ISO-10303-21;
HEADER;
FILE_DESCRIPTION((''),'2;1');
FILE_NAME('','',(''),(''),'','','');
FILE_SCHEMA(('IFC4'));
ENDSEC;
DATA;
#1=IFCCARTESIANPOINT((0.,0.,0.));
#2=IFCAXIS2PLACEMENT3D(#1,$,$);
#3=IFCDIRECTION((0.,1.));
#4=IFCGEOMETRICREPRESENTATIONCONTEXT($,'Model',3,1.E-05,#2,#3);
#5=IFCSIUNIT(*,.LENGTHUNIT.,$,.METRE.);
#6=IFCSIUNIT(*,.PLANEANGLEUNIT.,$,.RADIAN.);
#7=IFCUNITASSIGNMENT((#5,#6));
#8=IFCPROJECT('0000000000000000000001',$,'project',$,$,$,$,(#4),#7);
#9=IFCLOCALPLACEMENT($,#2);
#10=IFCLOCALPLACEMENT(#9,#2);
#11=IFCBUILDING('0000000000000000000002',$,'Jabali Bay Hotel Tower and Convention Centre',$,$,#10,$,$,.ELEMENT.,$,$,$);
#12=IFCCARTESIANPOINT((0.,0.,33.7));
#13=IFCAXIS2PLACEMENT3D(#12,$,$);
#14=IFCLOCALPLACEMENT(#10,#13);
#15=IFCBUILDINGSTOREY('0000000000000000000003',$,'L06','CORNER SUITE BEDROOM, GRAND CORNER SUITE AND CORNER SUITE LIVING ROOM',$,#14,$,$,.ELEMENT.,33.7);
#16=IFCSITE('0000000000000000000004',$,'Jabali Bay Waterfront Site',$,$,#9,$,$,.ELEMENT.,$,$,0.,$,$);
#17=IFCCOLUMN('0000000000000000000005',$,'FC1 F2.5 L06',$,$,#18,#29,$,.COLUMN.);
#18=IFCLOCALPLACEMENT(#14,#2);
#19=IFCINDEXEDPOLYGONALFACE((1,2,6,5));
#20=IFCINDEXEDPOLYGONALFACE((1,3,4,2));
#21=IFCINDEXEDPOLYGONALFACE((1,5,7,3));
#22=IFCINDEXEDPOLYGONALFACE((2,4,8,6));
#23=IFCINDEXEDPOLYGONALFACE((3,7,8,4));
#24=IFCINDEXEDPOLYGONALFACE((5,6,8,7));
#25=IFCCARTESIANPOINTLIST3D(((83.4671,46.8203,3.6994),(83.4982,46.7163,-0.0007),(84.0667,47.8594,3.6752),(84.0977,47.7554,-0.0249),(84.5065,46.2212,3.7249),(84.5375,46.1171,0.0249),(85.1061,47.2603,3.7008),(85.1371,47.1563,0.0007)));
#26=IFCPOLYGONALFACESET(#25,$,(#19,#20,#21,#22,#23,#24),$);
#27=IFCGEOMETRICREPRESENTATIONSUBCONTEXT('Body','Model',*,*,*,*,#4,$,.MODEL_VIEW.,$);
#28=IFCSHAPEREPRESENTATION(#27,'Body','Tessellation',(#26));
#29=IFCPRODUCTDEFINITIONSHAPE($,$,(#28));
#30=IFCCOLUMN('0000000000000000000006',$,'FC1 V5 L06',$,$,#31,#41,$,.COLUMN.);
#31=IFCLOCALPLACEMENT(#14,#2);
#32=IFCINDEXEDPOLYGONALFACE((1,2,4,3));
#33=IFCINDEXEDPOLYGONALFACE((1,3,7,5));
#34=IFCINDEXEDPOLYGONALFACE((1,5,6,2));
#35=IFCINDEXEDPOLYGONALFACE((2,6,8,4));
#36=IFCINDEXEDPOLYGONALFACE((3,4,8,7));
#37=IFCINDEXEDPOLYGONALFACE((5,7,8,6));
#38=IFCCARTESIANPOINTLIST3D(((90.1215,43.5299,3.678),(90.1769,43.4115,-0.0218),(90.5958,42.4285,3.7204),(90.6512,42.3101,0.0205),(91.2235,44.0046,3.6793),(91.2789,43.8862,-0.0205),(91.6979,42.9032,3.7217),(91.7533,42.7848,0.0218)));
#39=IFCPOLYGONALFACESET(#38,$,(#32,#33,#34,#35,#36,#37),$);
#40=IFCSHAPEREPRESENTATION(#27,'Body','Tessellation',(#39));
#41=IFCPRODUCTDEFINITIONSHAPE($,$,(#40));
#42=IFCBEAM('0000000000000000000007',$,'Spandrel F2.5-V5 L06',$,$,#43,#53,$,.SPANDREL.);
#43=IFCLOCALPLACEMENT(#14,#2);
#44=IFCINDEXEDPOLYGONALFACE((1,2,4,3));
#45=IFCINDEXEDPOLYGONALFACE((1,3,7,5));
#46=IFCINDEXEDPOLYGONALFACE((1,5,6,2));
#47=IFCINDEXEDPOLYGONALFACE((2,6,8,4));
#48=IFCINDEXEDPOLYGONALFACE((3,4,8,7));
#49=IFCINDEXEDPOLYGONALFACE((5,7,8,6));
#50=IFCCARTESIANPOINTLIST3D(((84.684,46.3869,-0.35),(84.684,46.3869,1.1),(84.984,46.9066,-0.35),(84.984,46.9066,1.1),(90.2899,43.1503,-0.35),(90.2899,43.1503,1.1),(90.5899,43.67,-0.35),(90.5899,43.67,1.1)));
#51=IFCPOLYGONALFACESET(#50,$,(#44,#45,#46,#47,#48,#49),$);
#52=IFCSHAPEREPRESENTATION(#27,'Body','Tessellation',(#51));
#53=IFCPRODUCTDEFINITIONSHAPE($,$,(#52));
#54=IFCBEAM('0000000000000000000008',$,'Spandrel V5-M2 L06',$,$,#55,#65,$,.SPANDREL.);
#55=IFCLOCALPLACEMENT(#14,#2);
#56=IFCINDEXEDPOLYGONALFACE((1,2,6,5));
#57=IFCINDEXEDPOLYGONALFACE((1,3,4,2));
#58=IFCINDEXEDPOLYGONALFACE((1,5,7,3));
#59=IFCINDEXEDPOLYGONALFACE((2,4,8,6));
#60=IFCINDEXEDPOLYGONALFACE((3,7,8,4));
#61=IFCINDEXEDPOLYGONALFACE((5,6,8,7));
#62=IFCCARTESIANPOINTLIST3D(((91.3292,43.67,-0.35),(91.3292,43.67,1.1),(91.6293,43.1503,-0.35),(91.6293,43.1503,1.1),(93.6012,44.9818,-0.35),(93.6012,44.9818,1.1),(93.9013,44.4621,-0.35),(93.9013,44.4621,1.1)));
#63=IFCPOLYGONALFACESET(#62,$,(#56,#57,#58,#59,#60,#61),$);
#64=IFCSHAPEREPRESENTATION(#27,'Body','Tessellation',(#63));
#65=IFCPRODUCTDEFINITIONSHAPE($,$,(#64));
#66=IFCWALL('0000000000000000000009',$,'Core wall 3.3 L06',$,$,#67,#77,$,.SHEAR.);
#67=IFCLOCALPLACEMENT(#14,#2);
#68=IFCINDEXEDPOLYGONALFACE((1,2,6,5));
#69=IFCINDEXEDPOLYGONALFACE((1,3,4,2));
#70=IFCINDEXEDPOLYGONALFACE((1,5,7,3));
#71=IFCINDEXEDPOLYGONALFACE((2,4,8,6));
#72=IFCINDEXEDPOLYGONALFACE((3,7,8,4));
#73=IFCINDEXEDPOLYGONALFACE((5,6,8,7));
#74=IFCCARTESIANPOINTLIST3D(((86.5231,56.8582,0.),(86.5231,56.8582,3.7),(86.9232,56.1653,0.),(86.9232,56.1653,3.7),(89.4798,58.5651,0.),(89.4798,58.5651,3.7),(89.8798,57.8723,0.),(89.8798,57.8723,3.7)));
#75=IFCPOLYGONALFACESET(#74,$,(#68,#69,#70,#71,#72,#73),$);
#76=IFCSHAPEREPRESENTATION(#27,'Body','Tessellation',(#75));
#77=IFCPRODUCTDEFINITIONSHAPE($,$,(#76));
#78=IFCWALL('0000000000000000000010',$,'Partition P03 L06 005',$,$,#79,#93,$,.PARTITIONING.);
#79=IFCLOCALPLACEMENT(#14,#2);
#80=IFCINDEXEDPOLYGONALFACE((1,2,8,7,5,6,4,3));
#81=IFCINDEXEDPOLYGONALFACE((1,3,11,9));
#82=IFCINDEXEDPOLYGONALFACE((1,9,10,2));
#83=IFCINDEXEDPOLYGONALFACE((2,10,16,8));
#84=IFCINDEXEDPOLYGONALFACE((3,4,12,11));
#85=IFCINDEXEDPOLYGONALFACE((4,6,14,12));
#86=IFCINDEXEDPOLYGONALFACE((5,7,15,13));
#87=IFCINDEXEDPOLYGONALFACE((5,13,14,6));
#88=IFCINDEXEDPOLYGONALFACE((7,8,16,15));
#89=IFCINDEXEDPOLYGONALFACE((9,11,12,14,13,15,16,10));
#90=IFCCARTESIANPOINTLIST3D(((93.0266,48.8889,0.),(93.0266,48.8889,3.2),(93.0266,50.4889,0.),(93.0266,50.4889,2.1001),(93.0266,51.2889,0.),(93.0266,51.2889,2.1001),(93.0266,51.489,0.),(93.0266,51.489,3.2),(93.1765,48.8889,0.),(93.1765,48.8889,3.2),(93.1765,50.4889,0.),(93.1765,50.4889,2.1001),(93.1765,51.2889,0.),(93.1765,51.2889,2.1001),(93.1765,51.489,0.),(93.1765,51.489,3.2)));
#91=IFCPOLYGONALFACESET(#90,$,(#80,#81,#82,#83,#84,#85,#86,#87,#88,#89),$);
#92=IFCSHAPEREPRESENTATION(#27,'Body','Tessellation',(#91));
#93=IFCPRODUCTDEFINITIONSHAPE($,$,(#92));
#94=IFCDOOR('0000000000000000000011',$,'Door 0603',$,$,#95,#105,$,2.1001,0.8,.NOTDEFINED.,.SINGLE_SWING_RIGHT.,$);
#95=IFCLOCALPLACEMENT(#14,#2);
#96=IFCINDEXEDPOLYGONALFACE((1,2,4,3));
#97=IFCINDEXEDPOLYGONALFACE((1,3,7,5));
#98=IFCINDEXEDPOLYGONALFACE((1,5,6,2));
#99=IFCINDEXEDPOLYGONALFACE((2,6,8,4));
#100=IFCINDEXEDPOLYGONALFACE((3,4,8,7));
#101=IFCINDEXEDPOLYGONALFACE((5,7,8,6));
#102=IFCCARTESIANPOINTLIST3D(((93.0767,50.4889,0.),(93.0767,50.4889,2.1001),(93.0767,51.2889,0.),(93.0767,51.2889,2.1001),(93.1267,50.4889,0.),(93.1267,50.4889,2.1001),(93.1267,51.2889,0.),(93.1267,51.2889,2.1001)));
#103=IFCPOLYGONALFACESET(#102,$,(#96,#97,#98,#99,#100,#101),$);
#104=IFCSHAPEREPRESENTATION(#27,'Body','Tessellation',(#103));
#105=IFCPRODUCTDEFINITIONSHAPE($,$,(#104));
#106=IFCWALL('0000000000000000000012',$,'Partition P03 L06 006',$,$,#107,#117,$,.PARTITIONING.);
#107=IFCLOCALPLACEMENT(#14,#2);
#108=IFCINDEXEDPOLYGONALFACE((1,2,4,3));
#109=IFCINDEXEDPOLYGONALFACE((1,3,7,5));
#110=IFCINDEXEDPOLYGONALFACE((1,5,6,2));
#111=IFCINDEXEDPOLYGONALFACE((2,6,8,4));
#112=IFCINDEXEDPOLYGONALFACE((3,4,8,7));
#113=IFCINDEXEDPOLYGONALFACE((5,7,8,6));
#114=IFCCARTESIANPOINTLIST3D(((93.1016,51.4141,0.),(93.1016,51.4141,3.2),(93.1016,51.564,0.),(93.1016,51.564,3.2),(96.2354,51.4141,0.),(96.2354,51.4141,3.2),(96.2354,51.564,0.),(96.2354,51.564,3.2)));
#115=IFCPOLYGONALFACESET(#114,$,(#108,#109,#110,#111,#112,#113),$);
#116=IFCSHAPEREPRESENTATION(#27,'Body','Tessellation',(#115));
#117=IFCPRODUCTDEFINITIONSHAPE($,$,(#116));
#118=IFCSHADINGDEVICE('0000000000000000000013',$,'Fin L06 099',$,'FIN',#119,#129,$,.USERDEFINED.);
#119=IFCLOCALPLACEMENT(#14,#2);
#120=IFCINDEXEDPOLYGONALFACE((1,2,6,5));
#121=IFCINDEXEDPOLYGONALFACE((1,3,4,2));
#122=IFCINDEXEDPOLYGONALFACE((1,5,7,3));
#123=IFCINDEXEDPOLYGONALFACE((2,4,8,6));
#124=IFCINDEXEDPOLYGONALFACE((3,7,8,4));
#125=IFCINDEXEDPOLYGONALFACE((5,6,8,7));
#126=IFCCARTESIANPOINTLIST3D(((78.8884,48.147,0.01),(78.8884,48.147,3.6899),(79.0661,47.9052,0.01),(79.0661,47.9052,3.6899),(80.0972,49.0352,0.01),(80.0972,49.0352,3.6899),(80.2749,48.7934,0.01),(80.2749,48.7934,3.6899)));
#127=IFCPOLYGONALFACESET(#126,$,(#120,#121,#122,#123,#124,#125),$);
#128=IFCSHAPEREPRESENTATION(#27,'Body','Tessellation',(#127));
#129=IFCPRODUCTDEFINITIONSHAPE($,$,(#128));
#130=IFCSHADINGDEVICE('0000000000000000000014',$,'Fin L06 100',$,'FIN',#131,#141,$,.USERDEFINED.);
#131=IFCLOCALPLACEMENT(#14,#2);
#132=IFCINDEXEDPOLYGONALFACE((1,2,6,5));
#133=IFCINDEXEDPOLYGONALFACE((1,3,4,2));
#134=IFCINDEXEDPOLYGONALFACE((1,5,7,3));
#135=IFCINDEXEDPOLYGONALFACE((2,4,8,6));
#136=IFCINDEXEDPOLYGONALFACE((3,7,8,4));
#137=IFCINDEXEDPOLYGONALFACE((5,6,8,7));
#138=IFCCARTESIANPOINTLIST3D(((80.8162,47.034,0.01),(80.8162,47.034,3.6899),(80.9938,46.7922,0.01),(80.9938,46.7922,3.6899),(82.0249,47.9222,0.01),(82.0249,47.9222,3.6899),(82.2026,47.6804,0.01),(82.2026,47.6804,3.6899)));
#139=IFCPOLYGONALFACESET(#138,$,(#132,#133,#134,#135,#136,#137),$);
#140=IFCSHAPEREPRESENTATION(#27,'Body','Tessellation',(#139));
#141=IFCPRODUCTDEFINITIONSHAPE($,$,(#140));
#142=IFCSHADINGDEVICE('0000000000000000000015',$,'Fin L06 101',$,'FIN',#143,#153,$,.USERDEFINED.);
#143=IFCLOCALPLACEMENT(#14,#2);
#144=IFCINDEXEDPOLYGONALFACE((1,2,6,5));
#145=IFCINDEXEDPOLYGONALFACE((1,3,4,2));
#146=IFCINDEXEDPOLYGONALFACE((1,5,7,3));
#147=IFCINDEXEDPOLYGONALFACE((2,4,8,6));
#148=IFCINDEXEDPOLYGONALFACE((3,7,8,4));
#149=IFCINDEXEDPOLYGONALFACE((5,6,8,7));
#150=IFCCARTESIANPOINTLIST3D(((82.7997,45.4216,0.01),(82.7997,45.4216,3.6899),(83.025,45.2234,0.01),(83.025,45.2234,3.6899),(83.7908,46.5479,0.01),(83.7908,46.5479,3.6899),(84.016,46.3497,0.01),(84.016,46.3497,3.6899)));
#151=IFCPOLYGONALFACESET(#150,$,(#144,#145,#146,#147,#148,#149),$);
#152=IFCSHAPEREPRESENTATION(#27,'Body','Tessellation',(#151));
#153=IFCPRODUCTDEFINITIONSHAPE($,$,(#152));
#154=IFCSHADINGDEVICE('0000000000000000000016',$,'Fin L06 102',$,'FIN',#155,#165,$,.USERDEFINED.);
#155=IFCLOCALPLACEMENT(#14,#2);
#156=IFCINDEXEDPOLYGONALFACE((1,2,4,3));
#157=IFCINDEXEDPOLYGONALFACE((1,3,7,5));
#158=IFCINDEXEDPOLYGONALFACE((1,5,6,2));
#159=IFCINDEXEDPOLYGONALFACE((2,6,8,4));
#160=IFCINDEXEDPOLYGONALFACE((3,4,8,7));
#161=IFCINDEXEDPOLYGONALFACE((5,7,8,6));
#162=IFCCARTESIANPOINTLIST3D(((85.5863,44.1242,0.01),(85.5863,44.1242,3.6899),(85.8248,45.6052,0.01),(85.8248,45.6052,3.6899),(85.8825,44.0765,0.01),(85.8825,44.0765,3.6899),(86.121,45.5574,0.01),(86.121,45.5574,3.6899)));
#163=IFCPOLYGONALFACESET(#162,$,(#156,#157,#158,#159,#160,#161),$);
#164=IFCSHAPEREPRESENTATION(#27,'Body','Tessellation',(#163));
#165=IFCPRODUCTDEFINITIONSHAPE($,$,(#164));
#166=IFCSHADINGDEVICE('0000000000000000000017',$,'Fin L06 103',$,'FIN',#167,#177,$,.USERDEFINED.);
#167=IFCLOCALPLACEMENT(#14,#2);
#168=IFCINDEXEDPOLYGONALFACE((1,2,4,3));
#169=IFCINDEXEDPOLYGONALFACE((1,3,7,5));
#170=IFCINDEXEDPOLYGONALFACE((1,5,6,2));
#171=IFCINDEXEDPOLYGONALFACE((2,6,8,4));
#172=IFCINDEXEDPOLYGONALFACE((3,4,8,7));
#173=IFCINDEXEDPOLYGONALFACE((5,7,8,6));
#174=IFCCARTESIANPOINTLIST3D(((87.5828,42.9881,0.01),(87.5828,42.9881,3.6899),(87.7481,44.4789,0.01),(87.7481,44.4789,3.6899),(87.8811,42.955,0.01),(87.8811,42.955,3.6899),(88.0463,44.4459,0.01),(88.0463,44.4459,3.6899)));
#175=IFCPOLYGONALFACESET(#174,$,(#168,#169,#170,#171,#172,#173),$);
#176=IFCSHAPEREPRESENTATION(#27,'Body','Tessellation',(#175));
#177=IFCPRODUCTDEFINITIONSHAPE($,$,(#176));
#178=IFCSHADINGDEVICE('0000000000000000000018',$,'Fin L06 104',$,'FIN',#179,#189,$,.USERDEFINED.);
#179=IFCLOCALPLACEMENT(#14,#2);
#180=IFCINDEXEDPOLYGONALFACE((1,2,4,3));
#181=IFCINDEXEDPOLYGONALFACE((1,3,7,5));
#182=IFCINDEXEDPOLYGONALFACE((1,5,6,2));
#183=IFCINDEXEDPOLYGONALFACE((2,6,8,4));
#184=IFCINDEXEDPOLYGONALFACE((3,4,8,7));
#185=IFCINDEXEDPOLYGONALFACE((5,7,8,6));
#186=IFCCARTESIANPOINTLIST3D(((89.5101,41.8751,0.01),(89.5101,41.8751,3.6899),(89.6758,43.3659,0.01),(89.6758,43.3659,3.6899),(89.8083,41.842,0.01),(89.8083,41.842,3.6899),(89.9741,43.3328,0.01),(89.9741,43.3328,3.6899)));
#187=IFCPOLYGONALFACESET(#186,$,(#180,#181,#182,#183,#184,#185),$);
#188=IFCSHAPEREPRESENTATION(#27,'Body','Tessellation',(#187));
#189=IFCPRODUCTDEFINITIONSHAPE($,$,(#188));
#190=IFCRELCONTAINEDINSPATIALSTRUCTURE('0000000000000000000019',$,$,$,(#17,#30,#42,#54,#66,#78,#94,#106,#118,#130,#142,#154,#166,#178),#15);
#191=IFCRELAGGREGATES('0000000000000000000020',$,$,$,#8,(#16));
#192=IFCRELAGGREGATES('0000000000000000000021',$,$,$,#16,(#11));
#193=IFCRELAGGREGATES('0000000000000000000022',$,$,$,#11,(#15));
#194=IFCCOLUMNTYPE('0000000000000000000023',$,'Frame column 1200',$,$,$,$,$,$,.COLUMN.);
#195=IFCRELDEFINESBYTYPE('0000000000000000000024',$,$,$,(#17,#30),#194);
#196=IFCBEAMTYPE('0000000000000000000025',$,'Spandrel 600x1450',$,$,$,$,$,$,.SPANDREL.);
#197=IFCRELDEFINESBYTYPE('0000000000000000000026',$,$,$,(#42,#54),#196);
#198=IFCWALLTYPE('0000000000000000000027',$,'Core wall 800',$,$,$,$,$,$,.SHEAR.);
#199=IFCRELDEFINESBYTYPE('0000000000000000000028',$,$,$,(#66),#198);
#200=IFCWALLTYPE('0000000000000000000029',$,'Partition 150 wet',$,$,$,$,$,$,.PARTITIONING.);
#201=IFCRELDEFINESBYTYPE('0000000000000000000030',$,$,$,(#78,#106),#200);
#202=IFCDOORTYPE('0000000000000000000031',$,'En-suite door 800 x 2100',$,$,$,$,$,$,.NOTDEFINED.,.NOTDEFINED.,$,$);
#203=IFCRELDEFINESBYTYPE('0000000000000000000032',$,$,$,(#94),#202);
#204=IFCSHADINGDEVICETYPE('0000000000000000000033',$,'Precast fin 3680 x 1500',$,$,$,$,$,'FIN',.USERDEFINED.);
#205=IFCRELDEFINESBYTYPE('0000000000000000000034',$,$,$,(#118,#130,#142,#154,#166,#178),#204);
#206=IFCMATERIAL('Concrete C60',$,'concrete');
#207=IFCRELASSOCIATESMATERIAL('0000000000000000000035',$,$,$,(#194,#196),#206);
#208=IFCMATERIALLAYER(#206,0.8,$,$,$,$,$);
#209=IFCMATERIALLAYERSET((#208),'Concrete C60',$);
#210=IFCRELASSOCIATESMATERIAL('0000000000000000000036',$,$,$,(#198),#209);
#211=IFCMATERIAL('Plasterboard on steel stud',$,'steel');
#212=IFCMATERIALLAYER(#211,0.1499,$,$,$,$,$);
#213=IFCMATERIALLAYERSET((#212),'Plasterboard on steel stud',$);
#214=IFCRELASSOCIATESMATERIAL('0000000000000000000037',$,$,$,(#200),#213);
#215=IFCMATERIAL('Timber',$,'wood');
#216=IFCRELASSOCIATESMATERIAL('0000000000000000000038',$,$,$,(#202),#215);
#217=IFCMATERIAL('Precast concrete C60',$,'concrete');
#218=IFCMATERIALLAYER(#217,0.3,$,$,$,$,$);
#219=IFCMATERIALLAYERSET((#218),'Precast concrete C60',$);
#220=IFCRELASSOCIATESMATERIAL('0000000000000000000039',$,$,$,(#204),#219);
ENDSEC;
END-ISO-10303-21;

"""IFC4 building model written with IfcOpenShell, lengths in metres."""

from ifc_helpers import new_model, si_unit, direction, frame, frame_2d, origin, origin_2d, place, context, subcontext, project, spatial, rectangle, extrude, material, layer, layer_set, material_profile, profile_set, type_object, element, fill, save


model = new_model("IFC4")

# Units and contexts
model_context = context("Model", 3, precision=1e-05, world=origin(), true_north=direction((0.0, 1.0)))
body_context = subcontext(model_context, "Body", "Model", "MODEL_VIEW")
ifc_project = project(units=[si_unit("LENGTHUNIT", "METRE"), si_unit("PLANEANGLEUNIT", "RADIAN")], contexts=[model_context])

# Site, building, storey
site_placement = place(None, origin())
site = spatial("IfcSite", under=ifc_project, at=site_placement, Name="Jabali Bay Waterfront Site", CompositionType="ELEMENT", RefElevation=0.0)
building_placement = place(site_placement, origin())
building = spatial("IfcBuilding", under=site, at=building_placement, Name="Jabali Bay Hotel Tower and Convention Centre", CompositionType="ELEMENT")
storey_placement = place(building_placement, frame((0.0, 0.0, 33.7)))
storey = spatial("IfcBuildingStorey", under=building, at=storey_placement, Name="L06", Description="CORNER SUITE BEDROOM, GRAND CORNER SUITE AND CORNER SUITE LIVING ROOM", CompositionType="ELEMENT", Elevation=33.7)

# Columns
ifc_material_1 = material(Name="Concrete C60", Category="concrete")
ifc_material_profile_1 = material_profile(ifc_material_1, rectangle(XDim=1.2, YDim=1.2, at=origin_2d()), Name="Frame column 1200")
ifc_profile_set_1 = profile_set([ifc_material_profile_1], Name="Concrete C60")
column_type = type_object("IfcColumnType", Name="Frame column 1200", PredefinedType="COLUMN", material=ifc_profile_set_1)
column_1_placement = place(storey_placement, frame((84.3176, 46.9363, 0.0), z_axis=(-0.008376, 0.028097, 0.99957), x_axis=(-0.499682, -0.865975, 0.020155)))
element("IfcColumn", 1, at=column_1_placement, inside=storey, type_object=column_type, Name="FC1 F2.5 L06", PredefinedType="COLUMN", context=body_context, shape_type="SweptSolid", body=[
    extrude(rectangle(XDim=1.2, YDim=1.2, at=origin_2d()), origin(), (0.0, 0.0, 1.0), 3.7017),
])
column_2_placement = place(storey_placement, frame((90.9651, 43.0981, 0.0), z_axis=(-0.014969, 0.031983, 0.999376), x_axis=(0.395321, -0.917864, 0.035295)))
element("IfcColumn", 2, at=column_2_placement, inside=storey, type_object=column_type, Name="FC1 V5 L06", PredefinedType="COLUMN", context=body_context, shape_type="SweptSolid", body=[
    extrude(rectangle(XDim=1.2, YDim=1.2, at=origin_2d()), origin(), (0.0, 0.0, 1.0), 3.7021),
])

# Beams
ifc_material_profile_2 = material_profile(ifc_material_1, rectangle(XDim=0.6001, YDim=1.45, at=origin_2d()), Name="Spandrel 600x1450")
ifc_profile_set_2 = profile_set([ifc_material_profile_2], Name="Concrete C60")
beam_type = type_object("IfcBeamType", Name="Spandrel 600x1450", PredefinedType="SPANDREL", material=ifc_profile_set_2)
beam_1_placement = place(storey_placement, frame((84.834, 46.6467, 0.375), z_axis=(0.866027, -0.499997, 0.0), x_axis=(0.499997, 0.866027, 0.0)))
element("IfcBeam", 3, at=beam_1_placement, inside=storey, type_object=beam_type, Name="Spandrel F2.5-V5 L06", PredefinedType="SPANDREL", context=body_context, shape_type="SweptSolid", body=[
    extrude(rectangle(XDim=0.6001, YDim=1.45, at=origin_2d()), origin(), (0.0, 0.0, 1.0), 6.4731),
])
beam_2_placement = place(storey_placement, frame((91.4792, 43.4102, 0.375), z_axis=(0.866018, 0.500012, 0.0), x_axis=(-0.500012, 0.866018, 0.0)))
element("IfcBeam", 4, at=beam_2_placement, inside=storey, type_object=beam_type, Name="Spandrel V5-M2 L06", PredefinedType="SPANDREL", context=body_context, shape_type="SweptSolid", body=[
    extrude(rectangle(XDim=0.6001, YDim=1.45, at=origin_2d()), origin(), (0.0, 0.0, 1.0), 2.6235),
])

# Wall
ifc_layer_1 = layer(ifc_material_1, 0.8)
ifc_layer_set_1 = layer_set([ifc_layer_1], Name="Concrete C60")
wall_type_1 = type_object("IfcWallType", Name="Core wall 800", PredefinedType="SHEAR", material=ifc_layer_set_1)
wall_1_placement = place(storey_placement, frame((86.7231, 56.5117, 0.0), z_axis=(0.0, 0.0, 1.0), x_axis=(0.866034, 0.499984, 0.0)))
element("IfcWall", 5, at=wall_1_placement, inside=storey, type_object=wall_type_1, Name="Core wall 3.3 L06", PredefinedType="SHEAR", context=body_context, shape_type="SweptSolid", body=[
    extrude(rectangle(XDim=3.4141, YDim=0.8, at=frame_2d((1.707, 0.0))), origin(), (0.0, 0.0, 1.0), 3.7),
])

# Wall, opening, door
ifc_material_2 = material(Name="Plasterboard on steel stud", Category="steel")
ifc_layer_2 = layer(ifc_material_2, 0.1499)
ifc_layer_set_2 = layer_set([ifc_layer_2], Name="Plasterboard on steel stud")
wall_type_2 = type_object("IfcWallType", Name="Partition 150 wet", PredefinedType="PARTITIONING", material=ifc_layer_set_2)
wall_2_placement = place(storey_placement, frame((93.1016, 48.8889, 0.0), z_axis=(0.0, 0.0, 1.0), x_axis=(0.0, 1.0, 0.0)))
wall_2 = element("IfcWall", 6, at=wall_2_placement, inside=storey, type_object=wall_type_2, Name="Partition P03 L06 005", PredefinedType="PARTITIONING", context=body_context, shape_type="SweptSolid", body=[
    extrude(rectangle(XDim=2.6001, YDim=0.1499, at=frame_2d((1.3, 0.0))), origin(), (0.0, 0.0, 1.0), 3.2),
])
opening_1_placement = place(wall_2_placement, frame((1.6001, 0.0, 0.0)))
opening_1 = element("IfcOpeningElement", 7, at=opening_1_placement, cuts=wall_2, PredefinedType="OPENING", context=body_context, shape_type="SweptSolid", body=[
    extrude(rectangle(XDim=0.8, YDim=2.1001, at=frame_2d((0.3999, 1.05))), frame((0.0, 0.0854, 0.0), z_axis=(0.0, -1.0, 0.0), x_axis=(1.0, 0.0, 0.0)), (0.0, 0.0, 1.0), 0.1709),
])
ifc_material_3 = material(Name="Timber", Category="wood")
door_type_1 = type_object("IfcDoorType", Name="En-suite door 800 x 2100", OperationType="NOTDEFINED", PredefinedType="NOTDEFINED", material=ifc_material_3)
door_1_placement = place(opening_1_placement, origin())
door_1 = element("IfcDoor", 8, at=door_1_placement, inside=storey, type_object=door_type_1, Name="Door 0603", OperationType="SINGLE_SWING_RIGHT", OverallHeight=2.1001, OverallWidth=0.8, PredefinedType="NOTDEFINED", context=body_context, shape_type="SweptSolid", body=[
    extrude(rectangle(XDim=0.8, YDim=2.1001, at=frame_2d((0.3999, 1.05))), frame((0.0, 0.0249, 0.0), z_axis=(0.0, -1.0, 0.0), x_axis=(1.0, 0.0, 0.0)), (0.0, 0.0, 1.0), 0.05),
])
fill(opening_1, door_1)

# Wall
wall_3_placement = place(storey_placement, frame((93.1016, 51.489, 0.0), z_axis=(0.0, 0.0, 1.0), x_axis=(1.0, 0.0, 0.0)))
element("IfcWall", 9, at=wall_3_placement, inside=storey, type_object=wall_type_2, Name="Partition P03 L06 006", PredefinedType="PARTITIONING", context=body_context, shape_type="SweptSolid", body=[
    extrude(rectangle(XDim=3.1338, YDim=0.1499, at=frame_2d((1.5669, 0.0))), origin(), (0.0, 0.0, 1.0), 3.2),
])

# Shading devices
ifc_material_4 = material(Name="Precast concrete C60", Category="concrete")
ifc_layer_3 = layer(ifc_material_4, 0.3)
ifc_layer_set_3 = layer_set([ifc_layer_3], Name="Precast concrete C60")
shading_device_type = type_object("IfcShadingDeviceType", Name="Precast fin 3680 x 1500", ElementType="FIN", PredefinedType="USERDEFINED", material=ifc_layer_set_3)
for number, where, z_axis, x_axis, name in (
    (10, (80.186, 48.9143, 0.01), (0.0, 0.0, 1.0), (-0.805841, -0.592133, 0.0), "Fin L06 099"),
    (11, (82.1138, 47.8013, 0.01), (0.0, 0.0, 1.0), (-0.805841, -0.592133, 0.0), "Fin L06 100"),
):
    element("IfcShadingDevice", number, at=place(storey_placement, frame(where, z_axis=z_axis, x_axis=x_axis)), inside=storey, type_object=shading_device_type, Name=name, ObjectType="FIN", PredefinedType="USERDEFINED", context=body_context, shape_type="SweptSolid", body=[
        extrude(rectangle(XDim=1.5, YDim=0.3, at=frame_2d((0.75, 0.0))), origin(), (0.0, 0.0, 1.0), 3.6799),
    ])
shading_device_1_placement = place(storey_placement, frame((83.9033, 46.4487, 0.01), z_axis=(0.0, 0.0, 1.0), x_axis=(-0.660588, -0.750749, 0.0)))
element("IfcShadingDevice", 12, at=shading_device_1_placement, inside=storey, type_object=shading_device_type, Name="Fin L06 101", ObjectType="FIN", PredefinedType="USERDEFINED", context=body_context, shape_type="SweptSolid", body=[
    extrude(rectangle(XDim=1.5002, YDim=0.3, at=frame_2d((0.75, 0.0))), origin(), (0.0, 0.0, 1.0), 3.6799),
])
for number, where, z_axis, x_axis, name in (
    (13, (85.9729, 45.5813, 0.01), (0.0, 0.0, 1.0), (-0.159012, -0.987277, 0.0), "Fin L06 102"),
    (14, (87.8972, 44.4624, 0.01), (0.0, 0.0, 1.0), (-0.110181, -0.993911, 0.0), "Fin L06 103"),
    (15, (89.825, 43.3494, 0.01), (0.0, 0.0, 1.0), (-0.110521, -0.993874, 0.0), "Fin L06 104"),
):
    element("IfcShadingDevice", number, at=place(storey_placement, frame(where, z_axis=z_axis, x_axis=x_axis)), inside=storey, type_object=shading_device_type, Name=name, ObjectType="FIN", PredefinedType="USERDEFINED", context=body_context, shape_type="SweptSolid", body=[
        extrude(rectangle(XDim=1.5, YDim=0.3, at=frame_2d((0.75, 0.0))), origin(), (0.0, 0.0, 1.0), 3.6799),
    ])

save(model, "model.ifc")
